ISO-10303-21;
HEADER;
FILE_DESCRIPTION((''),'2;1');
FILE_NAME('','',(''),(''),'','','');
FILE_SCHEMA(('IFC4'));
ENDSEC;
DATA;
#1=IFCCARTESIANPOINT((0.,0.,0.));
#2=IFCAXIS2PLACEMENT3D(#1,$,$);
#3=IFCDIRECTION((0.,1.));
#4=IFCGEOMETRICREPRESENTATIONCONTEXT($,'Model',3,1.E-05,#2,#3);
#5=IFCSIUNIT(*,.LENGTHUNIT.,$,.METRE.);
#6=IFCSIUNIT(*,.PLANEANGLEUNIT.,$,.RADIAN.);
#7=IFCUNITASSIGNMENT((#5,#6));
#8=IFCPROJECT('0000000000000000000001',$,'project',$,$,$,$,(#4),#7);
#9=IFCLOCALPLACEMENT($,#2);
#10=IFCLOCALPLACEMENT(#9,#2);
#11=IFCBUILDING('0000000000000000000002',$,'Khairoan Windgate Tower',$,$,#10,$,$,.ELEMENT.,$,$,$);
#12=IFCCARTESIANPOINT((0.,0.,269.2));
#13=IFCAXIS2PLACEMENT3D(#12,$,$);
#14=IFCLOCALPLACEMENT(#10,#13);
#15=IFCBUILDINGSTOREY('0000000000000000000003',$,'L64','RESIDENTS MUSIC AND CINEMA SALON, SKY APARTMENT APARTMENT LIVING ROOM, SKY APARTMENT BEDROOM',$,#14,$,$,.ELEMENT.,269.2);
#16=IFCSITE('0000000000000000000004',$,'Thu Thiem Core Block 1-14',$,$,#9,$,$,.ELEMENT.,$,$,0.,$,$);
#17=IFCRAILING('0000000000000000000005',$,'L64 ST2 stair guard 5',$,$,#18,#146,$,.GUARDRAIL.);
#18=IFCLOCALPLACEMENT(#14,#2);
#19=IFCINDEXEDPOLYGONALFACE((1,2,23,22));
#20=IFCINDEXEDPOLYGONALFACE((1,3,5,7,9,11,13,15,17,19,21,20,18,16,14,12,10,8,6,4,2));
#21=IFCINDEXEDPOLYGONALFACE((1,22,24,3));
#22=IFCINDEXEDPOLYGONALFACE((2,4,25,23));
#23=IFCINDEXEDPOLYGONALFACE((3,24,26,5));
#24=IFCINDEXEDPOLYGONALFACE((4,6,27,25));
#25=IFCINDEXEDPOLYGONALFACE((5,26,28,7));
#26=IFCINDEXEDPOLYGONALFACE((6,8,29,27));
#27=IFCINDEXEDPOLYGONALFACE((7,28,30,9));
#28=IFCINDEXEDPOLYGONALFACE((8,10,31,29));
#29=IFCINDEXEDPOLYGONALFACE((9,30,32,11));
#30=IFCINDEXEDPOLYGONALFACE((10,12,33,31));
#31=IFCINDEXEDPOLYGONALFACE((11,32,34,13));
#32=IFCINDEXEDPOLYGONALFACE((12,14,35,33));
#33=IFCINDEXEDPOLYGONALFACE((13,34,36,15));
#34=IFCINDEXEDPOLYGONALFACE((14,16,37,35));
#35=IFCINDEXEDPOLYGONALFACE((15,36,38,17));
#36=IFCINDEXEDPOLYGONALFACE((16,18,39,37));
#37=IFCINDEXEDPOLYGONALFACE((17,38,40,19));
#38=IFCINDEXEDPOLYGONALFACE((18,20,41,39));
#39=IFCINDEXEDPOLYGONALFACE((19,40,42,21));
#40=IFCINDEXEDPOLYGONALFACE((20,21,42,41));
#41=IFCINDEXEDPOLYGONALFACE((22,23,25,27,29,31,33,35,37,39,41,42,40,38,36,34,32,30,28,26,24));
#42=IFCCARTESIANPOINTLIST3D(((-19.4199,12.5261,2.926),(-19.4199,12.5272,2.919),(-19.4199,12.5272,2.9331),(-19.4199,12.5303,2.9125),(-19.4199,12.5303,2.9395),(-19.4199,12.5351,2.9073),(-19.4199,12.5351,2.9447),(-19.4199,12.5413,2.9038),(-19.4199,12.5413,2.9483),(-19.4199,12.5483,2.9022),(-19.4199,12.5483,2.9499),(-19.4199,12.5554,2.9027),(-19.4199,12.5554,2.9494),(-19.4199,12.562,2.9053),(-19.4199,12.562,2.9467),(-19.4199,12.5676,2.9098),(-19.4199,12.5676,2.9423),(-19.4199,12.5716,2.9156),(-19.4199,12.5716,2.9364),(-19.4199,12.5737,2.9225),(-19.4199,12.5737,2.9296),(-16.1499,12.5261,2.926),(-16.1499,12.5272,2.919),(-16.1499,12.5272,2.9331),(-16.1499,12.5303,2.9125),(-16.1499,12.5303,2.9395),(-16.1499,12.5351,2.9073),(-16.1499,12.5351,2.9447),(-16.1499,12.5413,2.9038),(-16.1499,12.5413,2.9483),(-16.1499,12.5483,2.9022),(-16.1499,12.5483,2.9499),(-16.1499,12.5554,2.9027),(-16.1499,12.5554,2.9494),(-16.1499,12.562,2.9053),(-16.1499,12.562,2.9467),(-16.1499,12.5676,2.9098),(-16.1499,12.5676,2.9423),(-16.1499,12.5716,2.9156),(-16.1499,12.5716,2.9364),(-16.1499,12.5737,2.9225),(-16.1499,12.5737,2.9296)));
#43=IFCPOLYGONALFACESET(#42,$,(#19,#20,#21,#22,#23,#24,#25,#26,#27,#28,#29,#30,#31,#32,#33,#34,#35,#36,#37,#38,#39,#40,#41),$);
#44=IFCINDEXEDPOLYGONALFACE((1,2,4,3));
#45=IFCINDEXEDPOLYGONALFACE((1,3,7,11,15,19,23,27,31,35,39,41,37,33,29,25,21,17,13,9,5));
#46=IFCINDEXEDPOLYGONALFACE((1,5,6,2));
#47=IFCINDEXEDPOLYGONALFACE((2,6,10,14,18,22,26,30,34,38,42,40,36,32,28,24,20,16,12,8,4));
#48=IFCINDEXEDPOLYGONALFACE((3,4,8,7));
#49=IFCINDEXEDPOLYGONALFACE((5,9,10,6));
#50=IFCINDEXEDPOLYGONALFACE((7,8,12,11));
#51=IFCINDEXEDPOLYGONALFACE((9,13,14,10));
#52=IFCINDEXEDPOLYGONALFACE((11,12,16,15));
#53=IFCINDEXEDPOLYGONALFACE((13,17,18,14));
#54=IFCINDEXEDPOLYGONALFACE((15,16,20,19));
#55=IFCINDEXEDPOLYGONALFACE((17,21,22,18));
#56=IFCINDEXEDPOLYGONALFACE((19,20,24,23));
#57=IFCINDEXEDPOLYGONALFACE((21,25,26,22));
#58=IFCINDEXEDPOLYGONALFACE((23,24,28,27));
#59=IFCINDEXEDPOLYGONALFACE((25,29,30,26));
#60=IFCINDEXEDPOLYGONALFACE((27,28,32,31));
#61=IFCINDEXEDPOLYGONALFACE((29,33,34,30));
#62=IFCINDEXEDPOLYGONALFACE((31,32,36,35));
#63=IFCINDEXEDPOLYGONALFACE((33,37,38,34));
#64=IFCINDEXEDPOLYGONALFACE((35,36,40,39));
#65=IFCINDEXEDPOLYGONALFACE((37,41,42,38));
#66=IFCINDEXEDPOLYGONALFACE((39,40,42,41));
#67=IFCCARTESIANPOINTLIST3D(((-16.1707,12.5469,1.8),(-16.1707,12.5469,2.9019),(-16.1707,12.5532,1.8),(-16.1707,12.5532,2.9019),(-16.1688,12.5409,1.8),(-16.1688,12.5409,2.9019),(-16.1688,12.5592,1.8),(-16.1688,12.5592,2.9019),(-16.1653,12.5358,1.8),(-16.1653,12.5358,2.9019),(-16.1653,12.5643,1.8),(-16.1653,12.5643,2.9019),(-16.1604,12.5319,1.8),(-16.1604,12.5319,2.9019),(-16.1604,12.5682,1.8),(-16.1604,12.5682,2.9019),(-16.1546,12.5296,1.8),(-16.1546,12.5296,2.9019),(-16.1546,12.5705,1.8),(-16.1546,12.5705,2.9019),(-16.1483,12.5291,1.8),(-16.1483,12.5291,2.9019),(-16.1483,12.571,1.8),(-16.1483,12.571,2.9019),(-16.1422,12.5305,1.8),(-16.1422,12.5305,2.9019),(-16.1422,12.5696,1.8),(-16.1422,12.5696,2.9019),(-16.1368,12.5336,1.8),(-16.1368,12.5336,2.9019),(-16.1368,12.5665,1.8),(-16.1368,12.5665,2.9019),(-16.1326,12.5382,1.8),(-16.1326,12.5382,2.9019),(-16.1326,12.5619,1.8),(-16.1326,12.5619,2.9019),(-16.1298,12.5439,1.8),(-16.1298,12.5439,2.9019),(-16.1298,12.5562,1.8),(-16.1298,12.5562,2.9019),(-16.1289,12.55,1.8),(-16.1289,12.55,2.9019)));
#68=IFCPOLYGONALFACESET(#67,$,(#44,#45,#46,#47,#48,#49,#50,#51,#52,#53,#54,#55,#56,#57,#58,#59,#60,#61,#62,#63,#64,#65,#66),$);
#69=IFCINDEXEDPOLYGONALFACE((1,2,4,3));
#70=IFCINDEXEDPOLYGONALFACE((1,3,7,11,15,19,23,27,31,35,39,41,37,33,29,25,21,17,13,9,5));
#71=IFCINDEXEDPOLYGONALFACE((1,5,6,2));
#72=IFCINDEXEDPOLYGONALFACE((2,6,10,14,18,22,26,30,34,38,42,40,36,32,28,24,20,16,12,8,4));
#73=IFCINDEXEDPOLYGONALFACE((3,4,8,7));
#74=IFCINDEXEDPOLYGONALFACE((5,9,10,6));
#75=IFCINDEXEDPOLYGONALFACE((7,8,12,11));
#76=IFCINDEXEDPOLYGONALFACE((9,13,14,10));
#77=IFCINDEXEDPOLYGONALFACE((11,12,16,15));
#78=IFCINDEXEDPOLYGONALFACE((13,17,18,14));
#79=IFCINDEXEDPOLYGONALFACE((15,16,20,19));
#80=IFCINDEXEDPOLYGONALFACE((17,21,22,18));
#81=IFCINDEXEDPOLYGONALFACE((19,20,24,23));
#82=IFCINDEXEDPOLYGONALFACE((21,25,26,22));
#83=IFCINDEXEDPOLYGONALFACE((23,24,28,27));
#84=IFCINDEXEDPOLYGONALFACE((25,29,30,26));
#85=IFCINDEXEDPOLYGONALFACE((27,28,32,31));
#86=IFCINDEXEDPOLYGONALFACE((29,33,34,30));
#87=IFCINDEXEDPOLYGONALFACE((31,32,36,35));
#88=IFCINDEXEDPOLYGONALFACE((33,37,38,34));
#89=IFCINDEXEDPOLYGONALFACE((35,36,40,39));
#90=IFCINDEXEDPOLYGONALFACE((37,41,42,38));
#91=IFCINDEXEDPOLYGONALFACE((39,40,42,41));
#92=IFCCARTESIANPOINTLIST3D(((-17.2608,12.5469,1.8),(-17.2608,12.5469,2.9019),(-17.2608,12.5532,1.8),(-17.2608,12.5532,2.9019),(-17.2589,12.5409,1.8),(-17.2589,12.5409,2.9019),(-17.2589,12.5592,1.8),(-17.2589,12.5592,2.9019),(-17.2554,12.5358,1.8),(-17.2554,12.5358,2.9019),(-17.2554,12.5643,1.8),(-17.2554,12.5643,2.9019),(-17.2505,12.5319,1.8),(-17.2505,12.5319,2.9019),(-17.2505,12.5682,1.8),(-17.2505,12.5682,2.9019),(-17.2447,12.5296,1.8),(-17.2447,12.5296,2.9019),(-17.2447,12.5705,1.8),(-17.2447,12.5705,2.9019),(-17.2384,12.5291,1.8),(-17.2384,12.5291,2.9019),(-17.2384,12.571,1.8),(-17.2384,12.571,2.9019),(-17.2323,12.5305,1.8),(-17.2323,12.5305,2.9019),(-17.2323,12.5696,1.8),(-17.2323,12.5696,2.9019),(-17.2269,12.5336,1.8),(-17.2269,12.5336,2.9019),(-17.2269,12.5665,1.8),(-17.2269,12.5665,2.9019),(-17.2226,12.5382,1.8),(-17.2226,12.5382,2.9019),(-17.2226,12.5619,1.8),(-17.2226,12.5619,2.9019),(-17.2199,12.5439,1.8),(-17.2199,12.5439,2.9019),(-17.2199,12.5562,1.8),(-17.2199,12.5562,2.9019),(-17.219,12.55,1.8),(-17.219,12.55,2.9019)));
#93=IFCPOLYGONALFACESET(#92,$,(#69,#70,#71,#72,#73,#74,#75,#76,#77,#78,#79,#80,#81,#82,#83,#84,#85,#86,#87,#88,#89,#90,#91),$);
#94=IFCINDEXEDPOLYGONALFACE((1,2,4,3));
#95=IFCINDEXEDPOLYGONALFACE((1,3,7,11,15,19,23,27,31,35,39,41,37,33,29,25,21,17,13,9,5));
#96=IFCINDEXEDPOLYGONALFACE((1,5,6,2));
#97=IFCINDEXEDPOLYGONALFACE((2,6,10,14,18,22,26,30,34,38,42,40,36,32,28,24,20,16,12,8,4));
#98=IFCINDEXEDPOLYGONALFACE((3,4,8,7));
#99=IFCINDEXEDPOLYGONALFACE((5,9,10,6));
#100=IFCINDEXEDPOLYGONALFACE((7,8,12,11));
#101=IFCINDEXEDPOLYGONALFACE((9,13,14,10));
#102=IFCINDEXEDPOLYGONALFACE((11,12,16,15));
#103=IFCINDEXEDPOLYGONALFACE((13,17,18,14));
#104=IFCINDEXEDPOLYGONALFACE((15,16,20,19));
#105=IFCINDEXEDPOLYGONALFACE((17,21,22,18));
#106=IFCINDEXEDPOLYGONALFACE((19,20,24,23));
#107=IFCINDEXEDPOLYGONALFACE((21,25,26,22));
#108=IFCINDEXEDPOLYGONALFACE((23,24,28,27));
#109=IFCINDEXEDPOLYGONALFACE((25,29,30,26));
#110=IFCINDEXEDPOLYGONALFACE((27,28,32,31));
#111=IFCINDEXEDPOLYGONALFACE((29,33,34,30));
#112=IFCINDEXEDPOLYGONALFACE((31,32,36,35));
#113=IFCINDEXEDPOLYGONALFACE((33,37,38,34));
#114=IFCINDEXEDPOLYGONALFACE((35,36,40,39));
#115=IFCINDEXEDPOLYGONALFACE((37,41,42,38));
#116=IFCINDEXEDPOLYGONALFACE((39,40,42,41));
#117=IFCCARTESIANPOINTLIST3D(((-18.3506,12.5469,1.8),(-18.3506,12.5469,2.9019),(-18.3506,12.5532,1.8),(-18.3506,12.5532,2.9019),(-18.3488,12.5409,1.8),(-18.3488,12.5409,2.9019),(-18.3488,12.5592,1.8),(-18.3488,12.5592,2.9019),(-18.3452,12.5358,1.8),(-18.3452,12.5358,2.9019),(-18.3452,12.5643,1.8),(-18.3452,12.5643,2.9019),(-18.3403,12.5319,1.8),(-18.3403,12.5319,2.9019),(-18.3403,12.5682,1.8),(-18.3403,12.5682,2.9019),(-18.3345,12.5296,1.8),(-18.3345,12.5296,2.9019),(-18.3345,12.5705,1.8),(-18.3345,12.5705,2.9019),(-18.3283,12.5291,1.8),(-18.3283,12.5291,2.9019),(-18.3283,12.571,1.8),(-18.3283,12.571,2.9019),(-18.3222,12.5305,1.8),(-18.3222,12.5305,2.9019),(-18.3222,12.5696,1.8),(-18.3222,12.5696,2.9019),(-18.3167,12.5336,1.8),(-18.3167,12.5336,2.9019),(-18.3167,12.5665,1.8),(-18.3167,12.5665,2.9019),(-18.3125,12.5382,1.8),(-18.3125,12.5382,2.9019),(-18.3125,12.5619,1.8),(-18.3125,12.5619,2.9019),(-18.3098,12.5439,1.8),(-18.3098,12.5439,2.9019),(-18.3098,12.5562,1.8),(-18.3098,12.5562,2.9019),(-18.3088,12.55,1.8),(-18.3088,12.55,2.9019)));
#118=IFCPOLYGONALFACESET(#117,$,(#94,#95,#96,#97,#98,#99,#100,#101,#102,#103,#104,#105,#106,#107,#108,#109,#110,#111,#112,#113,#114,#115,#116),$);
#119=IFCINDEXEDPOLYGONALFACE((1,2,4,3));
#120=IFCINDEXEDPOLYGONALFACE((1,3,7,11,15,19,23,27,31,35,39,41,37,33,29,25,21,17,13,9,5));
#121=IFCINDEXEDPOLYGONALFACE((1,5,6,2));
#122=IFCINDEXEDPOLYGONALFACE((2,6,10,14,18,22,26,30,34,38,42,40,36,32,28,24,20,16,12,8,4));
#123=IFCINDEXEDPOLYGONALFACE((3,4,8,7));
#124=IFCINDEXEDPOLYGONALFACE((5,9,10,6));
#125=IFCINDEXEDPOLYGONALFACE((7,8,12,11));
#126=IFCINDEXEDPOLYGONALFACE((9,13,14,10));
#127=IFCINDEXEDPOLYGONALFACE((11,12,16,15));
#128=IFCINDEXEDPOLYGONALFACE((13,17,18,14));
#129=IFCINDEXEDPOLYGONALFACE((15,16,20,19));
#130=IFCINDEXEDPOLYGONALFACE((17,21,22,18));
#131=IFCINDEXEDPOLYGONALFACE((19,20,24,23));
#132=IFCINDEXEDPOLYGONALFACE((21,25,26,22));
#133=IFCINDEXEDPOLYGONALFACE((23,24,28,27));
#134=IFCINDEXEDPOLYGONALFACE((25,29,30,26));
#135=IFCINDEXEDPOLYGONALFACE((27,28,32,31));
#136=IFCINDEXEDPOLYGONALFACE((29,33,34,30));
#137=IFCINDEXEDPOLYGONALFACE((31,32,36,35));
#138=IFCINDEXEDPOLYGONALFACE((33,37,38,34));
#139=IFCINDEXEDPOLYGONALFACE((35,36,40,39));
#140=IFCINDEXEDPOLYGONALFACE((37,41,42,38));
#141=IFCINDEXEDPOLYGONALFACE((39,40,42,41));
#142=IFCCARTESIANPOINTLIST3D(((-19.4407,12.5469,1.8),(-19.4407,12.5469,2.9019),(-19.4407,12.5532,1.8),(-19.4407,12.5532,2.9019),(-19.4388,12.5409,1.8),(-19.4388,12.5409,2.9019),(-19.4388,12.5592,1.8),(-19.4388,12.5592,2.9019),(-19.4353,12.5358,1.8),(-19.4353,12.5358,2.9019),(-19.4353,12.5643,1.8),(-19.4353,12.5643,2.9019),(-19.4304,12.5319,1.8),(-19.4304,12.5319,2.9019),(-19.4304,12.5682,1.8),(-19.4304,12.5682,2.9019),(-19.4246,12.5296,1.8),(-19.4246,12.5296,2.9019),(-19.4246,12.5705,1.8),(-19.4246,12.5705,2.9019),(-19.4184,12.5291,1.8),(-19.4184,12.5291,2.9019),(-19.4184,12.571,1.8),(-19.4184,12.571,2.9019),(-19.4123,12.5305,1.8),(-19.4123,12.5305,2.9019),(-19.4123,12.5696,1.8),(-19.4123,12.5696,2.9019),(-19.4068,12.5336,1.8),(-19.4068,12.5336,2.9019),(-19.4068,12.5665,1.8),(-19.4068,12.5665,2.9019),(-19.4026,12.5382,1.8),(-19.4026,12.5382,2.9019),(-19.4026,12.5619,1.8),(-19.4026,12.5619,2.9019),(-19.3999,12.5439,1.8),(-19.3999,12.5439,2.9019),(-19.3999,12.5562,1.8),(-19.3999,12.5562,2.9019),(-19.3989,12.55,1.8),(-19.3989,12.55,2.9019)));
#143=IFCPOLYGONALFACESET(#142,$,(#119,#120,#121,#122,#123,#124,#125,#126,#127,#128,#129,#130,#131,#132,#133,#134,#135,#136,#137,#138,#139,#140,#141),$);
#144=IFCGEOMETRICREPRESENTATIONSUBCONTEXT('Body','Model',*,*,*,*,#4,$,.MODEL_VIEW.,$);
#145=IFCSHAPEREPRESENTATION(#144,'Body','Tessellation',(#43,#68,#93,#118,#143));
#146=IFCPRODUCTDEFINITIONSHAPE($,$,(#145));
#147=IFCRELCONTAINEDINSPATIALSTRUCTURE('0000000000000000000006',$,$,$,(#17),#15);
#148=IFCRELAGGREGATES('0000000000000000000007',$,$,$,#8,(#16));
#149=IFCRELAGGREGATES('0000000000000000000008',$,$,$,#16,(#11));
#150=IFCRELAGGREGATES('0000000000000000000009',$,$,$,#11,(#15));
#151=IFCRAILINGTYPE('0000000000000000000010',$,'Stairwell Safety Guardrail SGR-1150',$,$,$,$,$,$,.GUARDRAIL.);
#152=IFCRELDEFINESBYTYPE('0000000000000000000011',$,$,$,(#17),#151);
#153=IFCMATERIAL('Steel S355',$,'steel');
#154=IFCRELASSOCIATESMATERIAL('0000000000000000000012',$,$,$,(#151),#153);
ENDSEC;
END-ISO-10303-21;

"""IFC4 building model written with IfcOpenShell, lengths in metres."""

from ifc_helpers import new_model, si_unit, direction, frame, origin, origin_2d, place, context, subcontext, project, spatial, circle, extrude, material, type_object, element, save


model = new_model("IFC4")

# Units and contexts
model_context = context("Model", 3, precision=1e-05, world=origin(), true_north=direction((0.0, 1.0)))
body_context = subcontext(model_context, "Body", "Model", "MODEL_VIEW")
ifc_project = project(units=[si_unit("LENGTHUNIT", "METRE"), si_unit("PLANEANGLEUNIT", "RADIAN")], contexts=[model_context])

# Site, building, storey
site_placement = place(None, origin())
site = spatial("IfcSite", under=ifc_project, at=site_placement, Name="Thu Thiem Core Block 1-14", CompositionType="ELEMENT", RefElevation=0.0)
building_placement = place(site_placement, origin())
building = spatial("IfcBuilding", under=site, at=building_placement, Name="Khairoan Windgate Tower", CompositionType="ELEMENT")
storey_placement = place(building_placement, frame((0.0, 0.0, 269.2)))
storey = spatial("IfcBuildingStorey", under=building, at=storey_placement, Name="L64", Description="RESIDENTS MUSIC AND CINEMA SALON, SKY APARTMENT APARTMENT LIVING ROOM, SKY APARTMENT BEDROOM", CompositionType="ELEMENT", Elevation=269.2)

# Railing
ifc_material_1 = material(Name="Steel S355", Category="steel")
railing_type = type_object("IfcRailingType", Name="Stairwell Safety Guardrail SGR-1150", PredefinedType="GUARDRAIL", material=ifc_material_1)
railing_1_placement = place(storey_placement, frame((-16.1499, 12.55, 1.8)))
element("IfcRailing", 1, at=railing_1_placement, inside=storey, type_object=railing_type, Name="L64 ST2 stair guard 5", PredefinedType="GUARDRAIL", context=body_context, shape_type="SweptSolid", body=[
    extrude(circle(Radius=0.0239, at=origin_2d()), frame((0.0, 0.0, 1.126), z_axis=(-1.0, 0.0, 0.0), x_axis=(0.0, -1.0, 0.0)), (0.0, 0.0, 1.0), 3.27),
    extrude(circle(Radius=0.021, at=origin_2d()), origin(), (0.0, 0.0, 1.0), 1.1018),
    extrude(circle(Radius=0.021, at=origin_2d()), frame((-1.0901, 0.0, 0.0)), (0.0, 0.0, 1.0), 1.1018),
    extrude(circle(Radius=0.021, at=origin_2d()), frame((-2.1799, 0.0, 0.0)), (0.0, 0.0, 1.0), 1.1018),
    extrude(circle(Radius=0.021, at=origin_2d()), frame((-3.27, 0.0, 0.0)), (0.0, 0.0, 1.0), 1.1018),
])

save(model, "model.ifc")
